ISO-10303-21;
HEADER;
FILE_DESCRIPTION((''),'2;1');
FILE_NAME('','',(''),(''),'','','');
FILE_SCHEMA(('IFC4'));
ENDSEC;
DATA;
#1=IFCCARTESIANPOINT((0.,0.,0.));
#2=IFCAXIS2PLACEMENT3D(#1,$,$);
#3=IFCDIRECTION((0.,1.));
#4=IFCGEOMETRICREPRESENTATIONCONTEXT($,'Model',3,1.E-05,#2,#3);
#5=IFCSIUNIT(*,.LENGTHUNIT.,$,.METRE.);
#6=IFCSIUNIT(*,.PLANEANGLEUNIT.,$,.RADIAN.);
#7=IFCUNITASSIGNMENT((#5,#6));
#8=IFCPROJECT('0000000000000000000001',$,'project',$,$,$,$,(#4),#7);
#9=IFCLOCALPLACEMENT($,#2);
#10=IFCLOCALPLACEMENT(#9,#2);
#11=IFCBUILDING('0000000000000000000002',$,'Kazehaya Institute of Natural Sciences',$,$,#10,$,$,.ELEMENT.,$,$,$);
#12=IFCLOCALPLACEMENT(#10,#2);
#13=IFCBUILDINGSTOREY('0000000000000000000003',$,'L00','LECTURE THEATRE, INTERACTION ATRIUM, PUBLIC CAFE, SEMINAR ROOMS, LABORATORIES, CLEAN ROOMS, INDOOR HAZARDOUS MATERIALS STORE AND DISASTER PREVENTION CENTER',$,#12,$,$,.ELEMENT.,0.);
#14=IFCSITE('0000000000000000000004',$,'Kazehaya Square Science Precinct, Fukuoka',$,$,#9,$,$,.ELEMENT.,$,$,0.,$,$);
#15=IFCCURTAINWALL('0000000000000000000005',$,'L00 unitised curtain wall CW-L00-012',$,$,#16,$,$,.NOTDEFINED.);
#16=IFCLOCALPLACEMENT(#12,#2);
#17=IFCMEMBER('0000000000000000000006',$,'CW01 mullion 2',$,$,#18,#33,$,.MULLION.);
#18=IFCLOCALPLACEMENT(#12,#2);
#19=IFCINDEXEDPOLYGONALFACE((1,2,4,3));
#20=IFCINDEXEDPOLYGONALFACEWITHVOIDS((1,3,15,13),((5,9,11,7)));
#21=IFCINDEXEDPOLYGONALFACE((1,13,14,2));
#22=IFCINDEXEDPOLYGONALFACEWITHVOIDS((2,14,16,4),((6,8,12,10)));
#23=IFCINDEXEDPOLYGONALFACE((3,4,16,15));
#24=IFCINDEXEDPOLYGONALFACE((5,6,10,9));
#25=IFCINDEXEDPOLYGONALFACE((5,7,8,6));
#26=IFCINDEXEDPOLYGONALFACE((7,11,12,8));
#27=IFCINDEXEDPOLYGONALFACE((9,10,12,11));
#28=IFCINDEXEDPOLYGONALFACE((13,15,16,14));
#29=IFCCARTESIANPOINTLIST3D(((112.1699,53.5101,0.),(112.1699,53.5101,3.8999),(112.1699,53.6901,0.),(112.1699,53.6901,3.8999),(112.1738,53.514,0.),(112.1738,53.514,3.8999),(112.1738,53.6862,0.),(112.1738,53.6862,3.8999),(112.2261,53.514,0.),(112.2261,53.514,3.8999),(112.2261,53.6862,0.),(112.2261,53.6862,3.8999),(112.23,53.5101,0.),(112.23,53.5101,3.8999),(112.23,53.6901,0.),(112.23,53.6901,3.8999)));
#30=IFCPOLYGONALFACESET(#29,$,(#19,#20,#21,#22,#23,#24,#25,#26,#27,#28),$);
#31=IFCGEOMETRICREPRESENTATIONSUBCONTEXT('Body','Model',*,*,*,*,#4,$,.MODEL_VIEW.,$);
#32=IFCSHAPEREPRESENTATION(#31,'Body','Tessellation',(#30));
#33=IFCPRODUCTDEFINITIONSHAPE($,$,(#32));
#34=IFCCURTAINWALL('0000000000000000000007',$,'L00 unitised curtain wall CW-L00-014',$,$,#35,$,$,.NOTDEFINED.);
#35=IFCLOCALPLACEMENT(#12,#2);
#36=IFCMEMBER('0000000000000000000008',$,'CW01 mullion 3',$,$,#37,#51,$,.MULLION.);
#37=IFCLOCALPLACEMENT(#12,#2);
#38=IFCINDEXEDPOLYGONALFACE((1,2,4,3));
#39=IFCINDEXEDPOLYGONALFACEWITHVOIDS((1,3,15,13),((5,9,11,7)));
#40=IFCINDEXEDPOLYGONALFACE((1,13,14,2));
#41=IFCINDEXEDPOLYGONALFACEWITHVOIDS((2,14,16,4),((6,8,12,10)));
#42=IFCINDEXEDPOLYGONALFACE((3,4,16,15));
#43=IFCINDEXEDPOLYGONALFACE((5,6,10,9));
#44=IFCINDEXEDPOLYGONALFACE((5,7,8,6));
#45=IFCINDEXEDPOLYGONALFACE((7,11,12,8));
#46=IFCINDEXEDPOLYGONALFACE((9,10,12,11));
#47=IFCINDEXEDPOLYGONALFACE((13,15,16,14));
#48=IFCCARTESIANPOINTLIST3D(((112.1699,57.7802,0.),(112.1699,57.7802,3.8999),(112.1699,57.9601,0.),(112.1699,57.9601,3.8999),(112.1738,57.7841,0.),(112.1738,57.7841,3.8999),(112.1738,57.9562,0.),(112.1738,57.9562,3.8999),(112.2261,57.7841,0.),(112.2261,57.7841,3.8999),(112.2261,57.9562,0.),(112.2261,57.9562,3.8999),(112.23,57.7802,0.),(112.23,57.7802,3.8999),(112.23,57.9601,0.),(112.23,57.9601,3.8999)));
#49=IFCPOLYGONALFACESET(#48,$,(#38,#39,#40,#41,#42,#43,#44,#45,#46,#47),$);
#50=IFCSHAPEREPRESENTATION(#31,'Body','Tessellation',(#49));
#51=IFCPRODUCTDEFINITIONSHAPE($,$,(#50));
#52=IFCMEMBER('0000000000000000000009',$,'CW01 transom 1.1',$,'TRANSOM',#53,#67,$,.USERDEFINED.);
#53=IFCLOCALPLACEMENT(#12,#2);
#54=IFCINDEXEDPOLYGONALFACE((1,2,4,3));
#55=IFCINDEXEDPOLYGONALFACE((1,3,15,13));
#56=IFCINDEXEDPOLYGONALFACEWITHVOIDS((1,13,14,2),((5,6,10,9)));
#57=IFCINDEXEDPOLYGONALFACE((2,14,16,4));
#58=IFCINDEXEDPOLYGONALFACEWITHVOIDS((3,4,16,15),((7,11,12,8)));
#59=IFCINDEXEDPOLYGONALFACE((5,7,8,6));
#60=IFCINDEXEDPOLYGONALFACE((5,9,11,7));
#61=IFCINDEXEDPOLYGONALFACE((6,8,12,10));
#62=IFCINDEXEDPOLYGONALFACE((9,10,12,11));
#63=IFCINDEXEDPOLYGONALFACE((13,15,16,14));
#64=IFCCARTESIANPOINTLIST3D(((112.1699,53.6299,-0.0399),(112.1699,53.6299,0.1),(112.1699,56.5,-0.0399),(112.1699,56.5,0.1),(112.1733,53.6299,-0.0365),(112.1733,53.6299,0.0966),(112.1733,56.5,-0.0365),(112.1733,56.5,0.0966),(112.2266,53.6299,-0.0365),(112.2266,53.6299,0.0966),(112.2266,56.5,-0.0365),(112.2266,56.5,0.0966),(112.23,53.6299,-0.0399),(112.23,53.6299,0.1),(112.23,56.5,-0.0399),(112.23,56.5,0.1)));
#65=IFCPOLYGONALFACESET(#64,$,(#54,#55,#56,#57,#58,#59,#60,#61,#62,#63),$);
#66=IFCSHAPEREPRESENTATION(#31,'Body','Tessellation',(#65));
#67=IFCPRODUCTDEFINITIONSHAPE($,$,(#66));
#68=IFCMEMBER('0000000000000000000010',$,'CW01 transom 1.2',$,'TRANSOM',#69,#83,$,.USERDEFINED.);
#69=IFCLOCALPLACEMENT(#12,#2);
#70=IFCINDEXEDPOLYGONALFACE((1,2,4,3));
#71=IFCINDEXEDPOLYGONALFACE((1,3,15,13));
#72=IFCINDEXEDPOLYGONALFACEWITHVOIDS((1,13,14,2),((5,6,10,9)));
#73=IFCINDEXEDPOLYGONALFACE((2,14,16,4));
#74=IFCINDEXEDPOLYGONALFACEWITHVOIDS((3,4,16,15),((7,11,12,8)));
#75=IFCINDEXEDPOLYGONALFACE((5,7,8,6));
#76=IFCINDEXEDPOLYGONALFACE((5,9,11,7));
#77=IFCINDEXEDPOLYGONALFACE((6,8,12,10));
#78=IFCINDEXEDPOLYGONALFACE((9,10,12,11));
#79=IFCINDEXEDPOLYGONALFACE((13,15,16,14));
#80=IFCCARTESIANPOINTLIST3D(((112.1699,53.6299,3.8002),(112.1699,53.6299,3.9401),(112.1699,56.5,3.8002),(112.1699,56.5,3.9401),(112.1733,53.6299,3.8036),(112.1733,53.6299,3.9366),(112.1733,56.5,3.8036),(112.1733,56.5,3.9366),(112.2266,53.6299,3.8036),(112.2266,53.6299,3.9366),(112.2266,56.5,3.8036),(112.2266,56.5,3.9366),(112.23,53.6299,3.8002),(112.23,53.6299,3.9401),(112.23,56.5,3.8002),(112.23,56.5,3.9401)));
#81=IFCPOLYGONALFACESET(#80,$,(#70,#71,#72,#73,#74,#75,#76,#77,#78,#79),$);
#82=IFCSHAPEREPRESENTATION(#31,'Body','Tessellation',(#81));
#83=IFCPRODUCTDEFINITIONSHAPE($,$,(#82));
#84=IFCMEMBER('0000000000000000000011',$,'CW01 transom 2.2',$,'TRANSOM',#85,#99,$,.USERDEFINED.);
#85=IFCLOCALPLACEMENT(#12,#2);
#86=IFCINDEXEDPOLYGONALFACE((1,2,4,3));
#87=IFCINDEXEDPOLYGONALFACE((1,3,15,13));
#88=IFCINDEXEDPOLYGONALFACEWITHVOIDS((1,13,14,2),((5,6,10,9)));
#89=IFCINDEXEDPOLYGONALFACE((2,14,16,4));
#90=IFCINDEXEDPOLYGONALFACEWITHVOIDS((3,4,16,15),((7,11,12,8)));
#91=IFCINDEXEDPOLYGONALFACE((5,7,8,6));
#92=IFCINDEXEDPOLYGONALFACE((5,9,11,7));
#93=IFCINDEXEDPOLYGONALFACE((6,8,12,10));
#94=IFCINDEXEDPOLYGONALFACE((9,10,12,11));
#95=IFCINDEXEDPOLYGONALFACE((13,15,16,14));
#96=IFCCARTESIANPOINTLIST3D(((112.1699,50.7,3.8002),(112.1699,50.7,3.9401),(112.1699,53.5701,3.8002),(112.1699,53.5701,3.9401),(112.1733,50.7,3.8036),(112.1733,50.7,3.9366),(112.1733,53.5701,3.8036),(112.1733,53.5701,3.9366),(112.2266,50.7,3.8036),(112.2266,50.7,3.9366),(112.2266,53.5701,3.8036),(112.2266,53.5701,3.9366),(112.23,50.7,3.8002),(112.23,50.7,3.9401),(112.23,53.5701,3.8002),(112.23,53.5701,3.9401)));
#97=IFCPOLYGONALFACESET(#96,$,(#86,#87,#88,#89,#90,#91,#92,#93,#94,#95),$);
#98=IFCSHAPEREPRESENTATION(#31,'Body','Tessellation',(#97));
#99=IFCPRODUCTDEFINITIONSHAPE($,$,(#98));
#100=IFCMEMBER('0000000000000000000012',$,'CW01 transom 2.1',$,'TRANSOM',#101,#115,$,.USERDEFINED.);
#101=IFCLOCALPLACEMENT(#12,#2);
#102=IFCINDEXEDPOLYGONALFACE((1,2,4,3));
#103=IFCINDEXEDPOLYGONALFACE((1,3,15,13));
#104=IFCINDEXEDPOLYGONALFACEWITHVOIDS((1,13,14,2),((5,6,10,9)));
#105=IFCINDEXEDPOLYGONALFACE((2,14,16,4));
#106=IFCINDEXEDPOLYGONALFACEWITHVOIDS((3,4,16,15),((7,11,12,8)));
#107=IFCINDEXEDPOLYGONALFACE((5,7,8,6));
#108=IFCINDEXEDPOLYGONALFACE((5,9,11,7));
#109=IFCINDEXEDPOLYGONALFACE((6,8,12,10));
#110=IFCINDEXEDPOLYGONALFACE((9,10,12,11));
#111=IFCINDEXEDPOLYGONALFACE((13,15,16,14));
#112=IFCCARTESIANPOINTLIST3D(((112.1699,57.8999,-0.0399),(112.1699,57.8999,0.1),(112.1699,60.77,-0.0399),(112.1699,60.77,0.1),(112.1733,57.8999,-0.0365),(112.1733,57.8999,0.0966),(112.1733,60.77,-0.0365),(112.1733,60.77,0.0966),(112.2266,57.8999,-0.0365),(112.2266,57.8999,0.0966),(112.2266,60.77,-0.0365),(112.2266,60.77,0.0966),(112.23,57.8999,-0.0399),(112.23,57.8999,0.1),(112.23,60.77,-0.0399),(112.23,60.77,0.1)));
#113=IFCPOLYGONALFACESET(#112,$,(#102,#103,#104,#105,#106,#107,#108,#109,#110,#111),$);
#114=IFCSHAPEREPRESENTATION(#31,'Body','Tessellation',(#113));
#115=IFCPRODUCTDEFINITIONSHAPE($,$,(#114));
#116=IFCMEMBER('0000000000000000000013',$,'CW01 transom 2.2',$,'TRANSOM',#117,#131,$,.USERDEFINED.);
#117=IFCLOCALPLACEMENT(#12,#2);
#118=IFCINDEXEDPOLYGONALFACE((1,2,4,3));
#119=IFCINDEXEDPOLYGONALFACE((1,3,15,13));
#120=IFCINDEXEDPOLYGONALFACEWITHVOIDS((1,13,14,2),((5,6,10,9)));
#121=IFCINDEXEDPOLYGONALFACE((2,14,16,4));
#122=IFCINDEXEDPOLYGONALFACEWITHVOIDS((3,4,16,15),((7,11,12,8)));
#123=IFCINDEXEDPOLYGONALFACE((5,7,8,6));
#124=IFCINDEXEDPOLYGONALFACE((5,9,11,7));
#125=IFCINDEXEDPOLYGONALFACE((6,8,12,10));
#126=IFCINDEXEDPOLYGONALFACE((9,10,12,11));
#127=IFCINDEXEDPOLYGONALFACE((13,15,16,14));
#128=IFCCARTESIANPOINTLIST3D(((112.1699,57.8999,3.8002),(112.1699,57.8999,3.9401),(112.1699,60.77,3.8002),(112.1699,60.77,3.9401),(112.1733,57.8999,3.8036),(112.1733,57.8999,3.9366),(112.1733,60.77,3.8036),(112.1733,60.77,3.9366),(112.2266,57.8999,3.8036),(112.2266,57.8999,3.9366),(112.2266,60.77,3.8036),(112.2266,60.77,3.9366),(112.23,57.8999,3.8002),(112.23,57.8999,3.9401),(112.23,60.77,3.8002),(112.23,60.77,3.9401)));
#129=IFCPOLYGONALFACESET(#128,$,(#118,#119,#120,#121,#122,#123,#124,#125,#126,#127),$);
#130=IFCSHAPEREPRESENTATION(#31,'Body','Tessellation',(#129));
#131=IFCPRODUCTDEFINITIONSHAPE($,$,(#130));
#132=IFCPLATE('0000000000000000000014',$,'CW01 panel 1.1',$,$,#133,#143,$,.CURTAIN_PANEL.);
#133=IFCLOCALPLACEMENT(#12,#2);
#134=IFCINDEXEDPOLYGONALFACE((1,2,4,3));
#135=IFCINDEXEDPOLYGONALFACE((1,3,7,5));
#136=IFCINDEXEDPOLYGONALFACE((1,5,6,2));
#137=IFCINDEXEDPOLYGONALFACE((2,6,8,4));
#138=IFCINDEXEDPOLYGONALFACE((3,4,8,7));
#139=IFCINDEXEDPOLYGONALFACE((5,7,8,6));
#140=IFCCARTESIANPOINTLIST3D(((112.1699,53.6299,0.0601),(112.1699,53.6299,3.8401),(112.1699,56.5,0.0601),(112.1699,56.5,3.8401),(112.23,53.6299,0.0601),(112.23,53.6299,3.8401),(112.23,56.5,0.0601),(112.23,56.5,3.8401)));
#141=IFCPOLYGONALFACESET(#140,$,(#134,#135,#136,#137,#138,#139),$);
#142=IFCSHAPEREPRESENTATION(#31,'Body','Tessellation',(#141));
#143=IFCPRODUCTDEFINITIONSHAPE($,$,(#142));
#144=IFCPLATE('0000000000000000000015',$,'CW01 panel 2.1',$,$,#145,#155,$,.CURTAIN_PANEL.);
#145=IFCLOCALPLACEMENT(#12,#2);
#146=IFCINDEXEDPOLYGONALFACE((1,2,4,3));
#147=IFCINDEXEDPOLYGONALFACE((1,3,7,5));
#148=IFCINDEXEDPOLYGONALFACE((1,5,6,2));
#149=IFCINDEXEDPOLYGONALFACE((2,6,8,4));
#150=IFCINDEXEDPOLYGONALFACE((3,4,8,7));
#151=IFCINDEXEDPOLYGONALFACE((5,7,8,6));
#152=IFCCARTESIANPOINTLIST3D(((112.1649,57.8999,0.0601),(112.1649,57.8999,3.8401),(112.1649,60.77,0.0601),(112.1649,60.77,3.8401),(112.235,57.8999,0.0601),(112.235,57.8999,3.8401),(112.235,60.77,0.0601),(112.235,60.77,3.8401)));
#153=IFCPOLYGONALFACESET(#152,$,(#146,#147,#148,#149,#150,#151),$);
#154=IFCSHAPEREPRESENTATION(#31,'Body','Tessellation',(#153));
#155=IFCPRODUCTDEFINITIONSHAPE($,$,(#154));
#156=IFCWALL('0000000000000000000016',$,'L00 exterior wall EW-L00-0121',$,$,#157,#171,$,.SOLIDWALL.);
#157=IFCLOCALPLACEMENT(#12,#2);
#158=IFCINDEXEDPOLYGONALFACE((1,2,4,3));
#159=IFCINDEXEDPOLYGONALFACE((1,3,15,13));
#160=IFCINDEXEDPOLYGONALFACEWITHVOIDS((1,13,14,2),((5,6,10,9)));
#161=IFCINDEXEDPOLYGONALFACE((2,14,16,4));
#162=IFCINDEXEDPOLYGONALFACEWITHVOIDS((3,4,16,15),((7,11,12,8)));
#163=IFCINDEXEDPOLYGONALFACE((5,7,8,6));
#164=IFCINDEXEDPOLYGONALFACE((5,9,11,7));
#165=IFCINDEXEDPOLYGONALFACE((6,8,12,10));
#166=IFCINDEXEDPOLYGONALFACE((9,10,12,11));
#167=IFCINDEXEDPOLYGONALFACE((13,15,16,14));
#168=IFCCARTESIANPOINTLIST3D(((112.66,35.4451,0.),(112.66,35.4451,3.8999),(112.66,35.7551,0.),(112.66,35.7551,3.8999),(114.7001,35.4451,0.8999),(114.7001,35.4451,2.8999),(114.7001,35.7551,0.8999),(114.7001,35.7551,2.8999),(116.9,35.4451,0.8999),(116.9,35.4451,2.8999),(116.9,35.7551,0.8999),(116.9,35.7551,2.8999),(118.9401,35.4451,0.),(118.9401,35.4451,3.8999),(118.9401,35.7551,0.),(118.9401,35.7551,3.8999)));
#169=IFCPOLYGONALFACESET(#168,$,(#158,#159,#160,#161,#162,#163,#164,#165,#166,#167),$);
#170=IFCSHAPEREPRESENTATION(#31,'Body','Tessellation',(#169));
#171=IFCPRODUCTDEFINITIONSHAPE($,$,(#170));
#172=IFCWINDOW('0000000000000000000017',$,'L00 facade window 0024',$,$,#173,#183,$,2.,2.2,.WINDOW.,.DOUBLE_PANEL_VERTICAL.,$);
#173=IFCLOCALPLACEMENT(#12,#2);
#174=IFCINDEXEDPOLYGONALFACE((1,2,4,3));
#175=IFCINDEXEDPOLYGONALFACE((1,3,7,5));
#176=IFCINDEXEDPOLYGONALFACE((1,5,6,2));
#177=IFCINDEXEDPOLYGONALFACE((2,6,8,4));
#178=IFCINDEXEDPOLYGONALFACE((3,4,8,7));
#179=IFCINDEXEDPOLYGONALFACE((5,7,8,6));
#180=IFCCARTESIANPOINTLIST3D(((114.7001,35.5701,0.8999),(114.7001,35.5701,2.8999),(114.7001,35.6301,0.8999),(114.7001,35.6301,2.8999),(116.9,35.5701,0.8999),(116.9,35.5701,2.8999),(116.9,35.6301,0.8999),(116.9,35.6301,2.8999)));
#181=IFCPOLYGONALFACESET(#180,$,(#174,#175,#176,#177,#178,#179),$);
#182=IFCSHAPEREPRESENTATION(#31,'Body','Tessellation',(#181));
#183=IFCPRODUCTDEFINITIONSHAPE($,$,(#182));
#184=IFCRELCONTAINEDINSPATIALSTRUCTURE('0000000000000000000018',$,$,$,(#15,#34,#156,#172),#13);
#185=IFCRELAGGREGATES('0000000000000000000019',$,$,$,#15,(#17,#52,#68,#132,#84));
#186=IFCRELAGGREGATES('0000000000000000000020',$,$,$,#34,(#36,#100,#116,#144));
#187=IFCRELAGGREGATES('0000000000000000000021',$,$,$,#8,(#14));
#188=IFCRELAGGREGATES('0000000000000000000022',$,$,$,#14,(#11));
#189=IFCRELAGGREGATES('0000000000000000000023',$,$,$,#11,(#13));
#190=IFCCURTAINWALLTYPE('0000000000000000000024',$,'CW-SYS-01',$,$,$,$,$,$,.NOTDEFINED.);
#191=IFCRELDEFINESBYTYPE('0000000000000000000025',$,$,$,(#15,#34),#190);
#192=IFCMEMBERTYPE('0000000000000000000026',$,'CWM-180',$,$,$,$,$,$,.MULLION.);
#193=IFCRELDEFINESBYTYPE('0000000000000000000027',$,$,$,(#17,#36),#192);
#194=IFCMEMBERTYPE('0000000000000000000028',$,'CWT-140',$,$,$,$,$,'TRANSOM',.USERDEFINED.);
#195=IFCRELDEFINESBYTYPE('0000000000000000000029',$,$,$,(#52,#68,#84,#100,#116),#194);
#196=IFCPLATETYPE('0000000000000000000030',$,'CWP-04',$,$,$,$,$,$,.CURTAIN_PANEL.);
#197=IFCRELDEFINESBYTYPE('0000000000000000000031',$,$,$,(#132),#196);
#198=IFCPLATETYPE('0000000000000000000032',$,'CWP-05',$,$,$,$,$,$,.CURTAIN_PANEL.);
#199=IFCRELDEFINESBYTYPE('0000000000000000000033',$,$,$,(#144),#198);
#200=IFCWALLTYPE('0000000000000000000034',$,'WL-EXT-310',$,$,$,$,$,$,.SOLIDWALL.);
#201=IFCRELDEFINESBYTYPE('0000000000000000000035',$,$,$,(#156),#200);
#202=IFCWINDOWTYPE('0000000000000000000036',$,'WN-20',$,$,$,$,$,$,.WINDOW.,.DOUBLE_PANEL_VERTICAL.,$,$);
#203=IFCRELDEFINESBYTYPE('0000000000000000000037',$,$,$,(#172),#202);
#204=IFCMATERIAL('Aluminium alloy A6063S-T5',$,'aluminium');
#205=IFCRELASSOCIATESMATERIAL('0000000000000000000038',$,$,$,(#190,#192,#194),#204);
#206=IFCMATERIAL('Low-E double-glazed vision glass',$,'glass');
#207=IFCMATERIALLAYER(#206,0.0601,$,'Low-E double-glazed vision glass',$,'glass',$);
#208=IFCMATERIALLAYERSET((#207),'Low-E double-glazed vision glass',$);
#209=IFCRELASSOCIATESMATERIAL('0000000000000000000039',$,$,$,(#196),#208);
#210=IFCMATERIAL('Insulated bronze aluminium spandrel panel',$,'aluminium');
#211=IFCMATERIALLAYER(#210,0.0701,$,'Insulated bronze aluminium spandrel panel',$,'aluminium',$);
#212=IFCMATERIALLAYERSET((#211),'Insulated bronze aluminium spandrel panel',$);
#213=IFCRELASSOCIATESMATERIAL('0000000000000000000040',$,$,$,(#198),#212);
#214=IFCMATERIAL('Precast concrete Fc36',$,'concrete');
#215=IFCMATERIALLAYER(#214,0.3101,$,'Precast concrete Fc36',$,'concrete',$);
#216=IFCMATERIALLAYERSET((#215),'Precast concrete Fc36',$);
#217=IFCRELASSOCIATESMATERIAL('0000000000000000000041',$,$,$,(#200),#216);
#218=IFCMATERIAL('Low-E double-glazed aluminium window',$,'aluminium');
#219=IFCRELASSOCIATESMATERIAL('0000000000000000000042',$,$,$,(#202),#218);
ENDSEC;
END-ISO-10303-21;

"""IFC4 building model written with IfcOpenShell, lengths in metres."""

from ifc_helpers import new_model, si_unit, direction, frame, frame_2d, origin, origin_2d, place, context, subcontext, project, spatial, rectangle, hollow_rectangle, extrude, material, layer, layer_set, material_profile, profile_set, type_object, element, fill, aggregate, save


model = new_model("IFC4")

# Units and contexts
model_context = context("Model", 3, precision=1e-05, world=origin(), true_north=direction((0.0, 1.0)))
body_context = subcontext(model_context, "Body", "Model", "MODEL_VIEW")
ifc_project = project(units=[si_unit("LENGTHUNIT", "METRE"), si_unit("PLANEANGLEUNIT", "RADIAN")], contexts=[model_context])

# Site, building, storey
site_placement = place(None, origin())
site = spatial("IfcSite", under=ifc_project, at=site_placement, Name="Kazehaya Square Science Precinct, Fukuoka", CompositionType="ELEMENT", RefElevation=0.0)
building_placement = place(site_placement, origin())
building = spatial("IfcBuilding", under=site, at=building_placement, Name="Kazehaya Institute of Natural Sciences", CompositionType="ELEMENT")
storey_placement = place(building_placement, origin())
storey = spatial("IfcBuildingStorey", under=building, at=storey_placement, Name="L00", Description="LECTURE THEATRE, INTERACTION ATRIUM, PUBLIC CAFE, SEMINAR ROOMS, LABORATORIES, CLEAN ROOMS, INDOOR HAZARDOUS MATERIALS STORE AND DISASTER PREVENTION CENTER", CompositionType="ELEMENT", Elevation=0.0)

# Curtain wall, member
ifc_material_1 = material(Name="Aluminium alloy A6063S-T5", Category="aluminium")
curtain_wall_type = type_object("IfcCurtainWallType", Name="CW-SYS-01", PredefinedType="NOTDEFINED", material=ifc_material_1)
curtain_wall_1_placement = place(storey_placement, origin())
curtain_wall_1 = element("IfcCurtainWall", 1, at=curtain_wall_1_placement, inside=storey, type_object=curtain_wall_type, Name="L00 unitised curtain wall CW-L00-012", PredefinedType="NOTDEFINED")
ifc_material_profile_1 = material_profile(ifc_material_1, hollow_rectangle(XDim=0.0601, YDim=0.1799, WallThickness=0.0039, at=origin_2d()), Name="ALU-60x180x4")
ifc_profile_set_1 = profile_set([ifc_material_profile_1], Name="Aluminium alloy A6063S-T5")
member_type_1 = type_object("IfcMemberType", Name="CWM-180", PredefinedType="MULLION", material=ifc_profile_set_1)
member_1_placement = place(storey_placement, frame((112.2, 53.6001, 0.0), z_axis=(0.0, 0.0, 1.0), x_axis=(1.0, 0.0, 0.0)))
member_1 = element("IfcMember", 2, at=member_1_placement, type_object=member_type_1, Name="CW01 mullion 2", PredefinedType="MULLION", context=body_context, shape_type="SweptSolid", body=[
    extrude(hollow_rectangle(XDim=0.0601, YDim=0.1799, WallThickness=0.0039, at=origin_2d()), origin(), (0.0, 0.0, 1.0), 3.8999),
])

# Curtain wall, member
curtain_wall_2_placement = place(storey_placement, origin())
curtain_wall_2 = element("IfcCurtainWall", 3, at=curtain_wall_2_placement, inside=storey, type_object=curtain_wall_type, Name="L00 unitised curtain wall CW-L00-014", PredefinedType="NOTDEFINED")
member_2_placement = place(storey_placement, frame((112.2, 57.8701, 0.0), z_axis=(0.0, 0.0, 1.0), x_axis=(1.0, 0.0, 0.0)))
member_2 = element("IfcMember", 4, at=member_2_placement, type_object=member_type_1, Name="CW01 mullion 3", PredefinedType="MULLION", context=body_context, shape_type="SweptSolid", body=[
    extrude(hollow_rectangle(XDim=0.0601, YDim=0.1799, WallThickness=0.0039, at=origin_2d()), origin(), (0.0, 0.0, 1.0), 3.8999),
])

# Members
ifc_material_profile_2 = material_profile(ifc_material_1, hollow_rectangle(XDim=0.0601, YDim=0.1399, WallThickness=0.0034, at=origin_2d()), Name="ALU-60x140x3.5")
ifc_profile_set_2 = profile_set([ifc_material_profile_2], Name="Aluminium alloy A6063S-T5")
member_type_2 = type_object("IfcMemberType", Name="CWT-140", ElementType="TRANSOM", PredefinedType="USERDEFINED", material=ifc_profile_set_2)
member_3_placement = place(storey_placement, frame((112.2, 56.5, 0.03), z_axis=(0.0, -1.0, 0.0), x_axis=(1.0, 0.0, 0.0)))
member_3 = element("IfcMember", 5, at=member_3_placement, type_object=member_type_2, Name="CW01 transom 1.1", ObjectType="TRANSOM", PredefinedType="USERDEFINED", context=body_context, shape_type="SweptSolid", body=[
    extrude(hollow_rectangle(XDim=0.0601, YDim=0.1399, WallThickness=0.0034, at=origin_2d()), origin(), (0.0, 0.0, 1.0), 2.8701),
])
member_4_placement = place(storey_placement, frame((112.2, 56.5, 3.8701), z_axis=(0.0, -1.0, 0.0), x_axis=(1.0, 0.0, 0.0)))
member_4 = element("IfcMember", 6, at=member_4_placement, type_object=member_type_2, Name="CW01 transom 1.2", ObjectType="TRANSOM", PredefinedType="USERDEFINED", context=body_context, shape_type="SweptSolid", body=[
    extrude(hollow_rectangle(XDim=0.0601, YDim=0.1399, WallThickness=0.0034, at=origin_2d()), origin(), (0.0, 0.0, 1.0), 2.8701),
])
member_5_placement = place(storey_placement, frame((112.2, 53.5701, 3.8701), z_axis=(0.0, -1.0, 0.0), x_axis=(1.0, 0.0, 0.0)))
member_5 = element("IfcMember", 7, at=member_5_placement, type_object=member_type_2, Name="CW01 transom 2.2", ObjectType="TRANSOM", PredefinedType="USERDEFINED", context=body_context, shape_type="SweptSolid", body=[
    extrude(hollow_rectangle(XDim=0.0601, YDim=0.1399, WallThickness=0.0034, at=origin_2d()), origin(), (0.0, 0.0, 1.0), 2.8701),
])
member_6_placement = place(storey_placement, frame((112.2, 60.77, 0.03), z_axis=(0.0, -1.0, 0.0), x_axis=(1.0, 0.0, 0.0)))
member_6 = element("IfcMember", 8, at=member_6_placement, type_object=member_type_2, Name="CW01 transom 2.1", ObjectType="TRANSOM", PredefinedType="USERDEFINED", context=body_context, shape_type="SweptSolid", body=[
    extrude(hollow_rectangle(XDim=0.0601, YDim=0.1399, WallThickness=0.0034, at=origin_2d()), origin(), (0.0, 0.0, 1.0), 2.8701),
])
member_7_placement = place(storey_placement, frame((112.2, 60.77, 3.8701), z_axis=(0.0, -1.0, 0.0), x_axis=(1.0, 0.0, 0.0)))
member_7 = element("IfcMember", 9, at=member_7_placement, type_object=member_type_2, Name="CW01 transom 2.2", ObjectType="TRANSOM", PredefinedType="USERDEFINED", context=body_context, shape_type="SweptSolid", body=[
    extrude(hollow_rectangle(XDim=0.0601, YDim=0.1399, WallThickness=0.0034, at=origin_2d()), origin(), (0.0, 0.0, 1.0), 2.8701),
])

# Plates
ifc_material_2 = material(Name="Low-E double-glazed vision glass", Category="glass")
ifc_layer_1 = layer(ifc_material_2, 0.0601, Name="Low-E double-glazed vision glass", Category="glass")
ifc_layer_set_1 = layer_set([ifc_layer_1], Name="Low-E double-glazed vision glass")
plate_type_1 = type_object("IfcPlateType", Name="CWP-04", PredefinedType="CURTAIN_PANEL", material=ifc_layer_set_1)
plate_1_placement = place(storey_placement, frame((112.2, 55.0649, 0.0601), z_axis=(0.0, 0.0, 1.0), x_axis=(0.0, -1.0, 0.0)))
plate_1 = element("IfcPlate", 10, at=plate_1_placement, type_object=plate_type_1, Name="CW01 panel 1.1", PredefinedType="CURTAIN_PANEL", context=body_context, shape_type="SweptSolid", body=[
    extrude(rectangle(XDim=2.8701, YDim=0.0601, at=origin_2d()), origin(), (0.0, 0.0, 1.0), 3.78),
])
aggregate(curtain_wall_1, [member_1, member_3, member_4, plate_1, member_5])
ifc_material_3 = material(Name="Insulated bronze aluminium spandrel panel", Category="aluminium")
ifc_layer_2 = layer(ifc_material_3, 0.0701, Name="Insulated bronze aluminium spandrel panel", Category="aluminium")
ifc_layer_set_2 = layer_set([ifc_layer_2], Name="Insulated bronze aluminium spandrel panel")
plate_type_2 = type_object("IfcPlateType", Name="CWP-05", PredefinedType="CURTAIN_PANEL", material=ifc_layer_set_2)
plate_2_placement = place(storey_placement, frame((112.2, 59.335, 0.0601), z_axis=(0.0, 0.0, 1.0), x_axis=(0.0, -1.0, 0.0)))
plate_2 = element("IfcPlate", 11, at=plate_2_placement, type_object=plate_type_2, Name="CW01 panel 2.1", PredefinedType="CURTAIN_PANEL", context=body_context, shape_type="SweptSolid", body=[
    extrude(rectangle(XDim=2.8701, YDim=0.0701, at=origin_2d()), origin(), (0.0, 0.0, 1.0), 3.78),
])
aggregate(curtain_wall_2, [member_2, member_6, member_7, plate_2])

# Wall, opening, window
ifc_material_4 = material(Name="Precast concrete Fc36", Category="concrete")
ifc_layer_3 = layer(ifc_material_4, 0.3101, Name="Precast concrete Fc36", Category="concrete")
ifc_layer_set_3 = layer_set([ifc_layer_3], Name="Precast concrete Fc36")
wall_type_1 = type_object("IfcWallType", Name="WL-EXT-310", PredefinedType="SOLIDWALL", material=ifc_layer_set_3)
wall_1_placement = place(storey_placement, frame((112.6599, 35.6001, 0.0), z_axis=(0.0, 0.0, 1.0), x_axis=(1.0, 0.0, 0.0)))
wall_1 = element("IfcWall", 12, at=wall_1_placement, inside=storey, type_object=wall_type_1, Name="L00 exterior wall EW-L00-0121", PredefinedType="SOLIDWALL", context=body_context, shape_type="SweptSolid", body=[
    extrude(rectangle(XDim=6.28, YDim=0.3101, at=frame_2d((3.1401, 0.0))), origin(), (0.0, 0.0, 1.0), 3.8999),
])
opening_1_placement = place(wall_1_placement, frame((2.04, 0.0, 0.8999)))
opening_1 = element("IfcOpeningElement", 13, at=opening_1_placement, cuts=wall_1, PredefinedType="OPENING", context=body_context, shape_type="SweptSolid", body=[
    extrude(rectangle(XDim=2.2, YDim=2.0, at=frame_2d((1.1001, 1.0))), frame((0.0, 0.165, 0.0), z_axis=(0.0, -1.0, 0.0), x_axis=(1.0, 0.0, 0.0)), (0.0, 0.0, 1.0), 0.3301),
])
ifc_material_5 = material(Name="Low-E double-glazed aluminium window", Category="aluminium")
window_type_1 = type_object("IfcWindowType", Name="WN-20", PartitioningType="DOUBLE_PANEL_VERTICAL", PredefinedType="WINDOW", material=ifc_material_5)
window_1_placement = place(opening_1_placement, origin())
window_1 = element("IfcWindow", 14, at=window_1_placement, inside=storey, type_object=window_type_1, Name="L00 facade window 0024", OverallHeight=2.0, OverallWidth=2.2, PartitioningType="DOUBLE_PANEL_VERTICAL", PredefinedType="WINDOW", context=body_context, shape_type="SweptSolid", body=[
    extrude(rectangle(XDim=2.2, YDim=2.0, at=frame_2d((1.1001, 1.0))), frame((0.0, 0.03, 0.0), z_axis=(0.0, -1.0, 0.0), x_axis=(1.0, 0.0, 0.0)), (0.0, 0.0, 1.0), 0.0601),
])
fill(opening_1, window_1)

save(model, "model.ifc")
